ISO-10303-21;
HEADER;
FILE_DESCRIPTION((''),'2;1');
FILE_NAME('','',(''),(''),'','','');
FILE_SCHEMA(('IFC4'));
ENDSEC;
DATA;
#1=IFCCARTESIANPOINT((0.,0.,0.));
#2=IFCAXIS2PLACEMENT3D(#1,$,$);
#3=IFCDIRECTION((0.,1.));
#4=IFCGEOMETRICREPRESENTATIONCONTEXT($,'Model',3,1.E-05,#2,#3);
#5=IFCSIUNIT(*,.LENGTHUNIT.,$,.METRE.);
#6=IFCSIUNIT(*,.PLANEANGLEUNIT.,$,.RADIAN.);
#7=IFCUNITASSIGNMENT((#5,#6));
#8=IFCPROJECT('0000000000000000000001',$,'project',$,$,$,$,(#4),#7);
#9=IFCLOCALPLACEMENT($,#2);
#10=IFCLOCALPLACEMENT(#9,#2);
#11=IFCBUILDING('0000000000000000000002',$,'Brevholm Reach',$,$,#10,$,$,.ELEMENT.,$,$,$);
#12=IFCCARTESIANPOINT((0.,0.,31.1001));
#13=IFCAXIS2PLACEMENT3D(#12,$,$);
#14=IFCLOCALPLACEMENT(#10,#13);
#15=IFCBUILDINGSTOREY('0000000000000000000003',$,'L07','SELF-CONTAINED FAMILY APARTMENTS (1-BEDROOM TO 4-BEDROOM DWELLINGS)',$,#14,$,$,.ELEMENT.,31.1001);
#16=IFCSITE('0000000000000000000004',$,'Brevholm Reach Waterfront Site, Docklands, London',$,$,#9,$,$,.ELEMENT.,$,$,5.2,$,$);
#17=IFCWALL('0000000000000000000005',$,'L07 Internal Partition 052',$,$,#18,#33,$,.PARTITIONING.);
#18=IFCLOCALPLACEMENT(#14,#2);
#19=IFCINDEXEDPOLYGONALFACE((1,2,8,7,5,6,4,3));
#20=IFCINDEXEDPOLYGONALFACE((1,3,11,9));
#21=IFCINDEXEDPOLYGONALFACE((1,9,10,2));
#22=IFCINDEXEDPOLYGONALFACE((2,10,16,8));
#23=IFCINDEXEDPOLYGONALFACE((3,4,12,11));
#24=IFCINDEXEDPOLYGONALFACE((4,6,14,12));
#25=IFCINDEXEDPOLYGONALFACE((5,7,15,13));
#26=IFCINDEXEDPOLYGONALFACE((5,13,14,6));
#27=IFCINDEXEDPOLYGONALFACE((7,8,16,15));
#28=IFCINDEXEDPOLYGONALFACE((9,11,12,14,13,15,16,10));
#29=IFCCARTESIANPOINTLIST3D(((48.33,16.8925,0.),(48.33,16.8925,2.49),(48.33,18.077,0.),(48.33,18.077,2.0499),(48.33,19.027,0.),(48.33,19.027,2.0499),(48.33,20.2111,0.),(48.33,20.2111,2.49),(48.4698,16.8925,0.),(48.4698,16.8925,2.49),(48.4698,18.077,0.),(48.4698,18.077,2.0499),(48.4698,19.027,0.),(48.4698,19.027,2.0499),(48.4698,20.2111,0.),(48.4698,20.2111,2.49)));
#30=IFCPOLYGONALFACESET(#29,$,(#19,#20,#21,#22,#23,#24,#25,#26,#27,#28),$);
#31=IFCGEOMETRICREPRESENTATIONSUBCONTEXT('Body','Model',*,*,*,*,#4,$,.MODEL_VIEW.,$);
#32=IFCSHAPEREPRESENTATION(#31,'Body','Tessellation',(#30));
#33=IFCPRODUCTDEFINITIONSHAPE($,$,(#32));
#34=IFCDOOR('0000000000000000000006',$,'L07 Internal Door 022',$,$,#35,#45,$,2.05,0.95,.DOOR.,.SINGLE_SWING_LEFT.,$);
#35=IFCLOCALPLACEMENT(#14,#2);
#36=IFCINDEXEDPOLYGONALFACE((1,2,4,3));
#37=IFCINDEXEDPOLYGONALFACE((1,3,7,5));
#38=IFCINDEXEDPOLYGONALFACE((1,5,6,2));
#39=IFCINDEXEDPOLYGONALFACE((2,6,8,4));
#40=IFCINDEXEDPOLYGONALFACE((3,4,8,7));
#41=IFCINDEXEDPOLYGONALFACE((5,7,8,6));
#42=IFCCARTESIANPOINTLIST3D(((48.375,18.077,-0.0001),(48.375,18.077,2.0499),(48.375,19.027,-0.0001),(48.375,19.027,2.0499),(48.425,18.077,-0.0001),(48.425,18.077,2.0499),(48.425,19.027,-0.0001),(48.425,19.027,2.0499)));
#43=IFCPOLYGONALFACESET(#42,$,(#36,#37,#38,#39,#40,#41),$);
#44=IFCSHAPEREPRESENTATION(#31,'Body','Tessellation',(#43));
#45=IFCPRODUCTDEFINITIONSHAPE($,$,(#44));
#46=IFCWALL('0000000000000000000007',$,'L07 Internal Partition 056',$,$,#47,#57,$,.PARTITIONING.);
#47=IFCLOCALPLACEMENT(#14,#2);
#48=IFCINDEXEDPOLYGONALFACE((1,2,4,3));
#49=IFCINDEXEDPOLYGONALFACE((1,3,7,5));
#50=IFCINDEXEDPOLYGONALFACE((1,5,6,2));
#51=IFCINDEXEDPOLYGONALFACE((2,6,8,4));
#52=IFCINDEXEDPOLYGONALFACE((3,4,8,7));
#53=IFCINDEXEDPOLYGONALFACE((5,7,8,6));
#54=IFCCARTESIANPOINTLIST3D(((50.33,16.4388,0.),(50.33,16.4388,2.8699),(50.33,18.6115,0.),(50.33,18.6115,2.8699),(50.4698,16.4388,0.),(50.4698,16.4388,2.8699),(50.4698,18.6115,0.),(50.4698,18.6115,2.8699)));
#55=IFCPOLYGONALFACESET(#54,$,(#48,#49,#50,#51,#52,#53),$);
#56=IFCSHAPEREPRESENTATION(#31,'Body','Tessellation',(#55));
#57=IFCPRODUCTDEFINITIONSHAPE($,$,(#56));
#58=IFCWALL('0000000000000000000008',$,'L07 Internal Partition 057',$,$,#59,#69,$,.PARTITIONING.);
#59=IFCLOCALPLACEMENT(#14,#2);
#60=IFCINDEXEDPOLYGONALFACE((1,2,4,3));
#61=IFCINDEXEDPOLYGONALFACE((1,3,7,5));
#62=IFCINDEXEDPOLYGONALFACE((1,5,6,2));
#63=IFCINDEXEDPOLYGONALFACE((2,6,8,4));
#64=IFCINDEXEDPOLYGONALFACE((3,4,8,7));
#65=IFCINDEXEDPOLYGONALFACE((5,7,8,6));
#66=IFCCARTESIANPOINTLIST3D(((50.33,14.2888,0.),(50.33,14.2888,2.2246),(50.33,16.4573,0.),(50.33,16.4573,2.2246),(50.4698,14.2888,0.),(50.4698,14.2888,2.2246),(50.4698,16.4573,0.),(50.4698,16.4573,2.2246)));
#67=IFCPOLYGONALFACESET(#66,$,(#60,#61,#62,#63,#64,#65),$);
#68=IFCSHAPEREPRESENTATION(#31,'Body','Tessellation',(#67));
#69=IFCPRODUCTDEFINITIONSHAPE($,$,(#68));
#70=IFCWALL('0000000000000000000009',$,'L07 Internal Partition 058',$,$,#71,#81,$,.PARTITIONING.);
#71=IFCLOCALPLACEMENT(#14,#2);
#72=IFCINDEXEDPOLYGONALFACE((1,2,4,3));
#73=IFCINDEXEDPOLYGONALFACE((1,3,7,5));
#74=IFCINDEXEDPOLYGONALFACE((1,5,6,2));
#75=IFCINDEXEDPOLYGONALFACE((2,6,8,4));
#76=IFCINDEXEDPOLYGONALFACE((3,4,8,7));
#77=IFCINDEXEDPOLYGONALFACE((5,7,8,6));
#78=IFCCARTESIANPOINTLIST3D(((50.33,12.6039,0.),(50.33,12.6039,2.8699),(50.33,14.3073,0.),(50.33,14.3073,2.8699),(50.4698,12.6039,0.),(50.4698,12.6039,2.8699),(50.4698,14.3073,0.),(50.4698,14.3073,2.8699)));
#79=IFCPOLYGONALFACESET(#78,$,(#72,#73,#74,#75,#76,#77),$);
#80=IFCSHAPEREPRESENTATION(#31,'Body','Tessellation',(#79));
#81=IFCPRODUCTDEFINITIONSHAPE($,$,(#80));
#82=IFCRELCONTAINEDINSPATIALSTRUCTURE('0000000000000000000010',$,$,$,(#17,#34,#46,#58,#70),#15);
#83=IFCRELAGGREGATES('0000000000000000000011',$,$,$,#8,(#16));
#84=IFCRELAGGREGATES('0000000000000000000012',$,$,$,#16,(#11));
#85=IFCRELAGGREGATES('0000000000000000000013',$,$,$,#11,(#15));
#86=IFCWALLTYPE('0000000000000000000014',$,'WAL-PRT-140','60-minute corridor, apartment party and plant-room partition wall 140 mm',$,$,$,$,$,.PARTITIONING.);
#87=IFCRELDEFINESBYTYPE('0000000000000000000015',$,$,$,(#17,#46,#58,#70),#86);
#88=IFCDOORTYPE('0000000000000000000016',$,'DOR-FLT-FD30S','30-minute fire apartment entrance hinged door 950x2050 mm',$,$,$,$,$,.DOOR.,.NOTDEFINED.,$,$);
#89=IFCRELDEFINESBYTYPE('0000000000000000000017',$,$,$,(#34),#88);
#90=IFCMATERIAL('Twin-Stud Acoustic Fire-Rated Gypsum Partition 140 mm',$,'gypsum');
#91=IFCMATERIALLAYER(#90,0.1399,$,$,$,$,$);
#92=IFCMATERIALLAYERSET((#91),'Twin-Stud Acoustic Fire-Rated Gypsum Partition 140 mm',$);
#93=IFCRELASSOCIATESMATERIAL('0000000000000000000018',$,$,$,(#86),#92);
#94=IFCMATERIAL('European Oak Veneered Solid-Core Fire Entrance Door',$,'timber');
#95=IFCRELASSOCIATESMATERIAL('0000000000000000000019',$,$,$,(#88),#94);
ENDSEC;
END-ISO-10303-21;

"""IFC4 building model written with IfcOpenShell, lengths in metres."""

from ifc_helpers import new_model, si_unit, direction, frame, frame_2d, origin, place, context, subcontext, project, spatial, rectangle, extrude, material, layer, layer_set, type_object, element, fill, save


model = new_model("IFC4")

# Units and contexts
model_context = context("Model", 3, precision=1e-05, world=origin(), true_north=direction((0.0, 1.0)))
body_context = subcontext(model_context, "Body", "Model", "MODEL_VIEW")
ifc_project = project(units=[si_unit("LENGTHUNIT", "METRE"), si_unit("PLANEANGLEUNIT", "RADIAN")], contexts=[model_context])

# Site, building, storey
site_placement = place(None, origin())
site = spatial("IfcSite", under=ifc_project, at=site_placement, Name="Brevholm Reach Waterfront Site, Docklands, London", CompositionType="ELEMENT", RefElevation=5.2)
building_placement = place(site_placement, origin())
building = spatial("IfcBuilding", under=site, at=building_placement, Name="Brevholm Reach", CompositionType="ELEMENT")
storey_placement = place(building_placement, frame((0.0, 0.0, 31.1001)))
storey = spatial("IfcBuildingStorey", under=building, at=storey_placement, Name="L07", Description="SELF-CONTAINED FAMILY APARTMENTS (1-BEDROOM TO 4-BEDROOM DWELLINGS)", CompositionType="ELEMENT", Elevation=31.1001)

# Shared definitions
ifc_material_1 = material(Name="Twin-Stud Acoustic Fire-Rated Gypsum Partition 140 mm", Category="gypsum")
ifc_layer_1 = layer(ifc_material_1, 0.1399)
ifc_layer_set_1 = layer_set([ifc_layer_1], Name="Twin-Stud Acoustic Fire-Rated Gypsum Partition 140 mm")
wall_type_1 = type_object("IfcWallType", Name="WAL-PRT-140", Description="60-minute corridor, apartment party and plant-room partition wall 140 mm", PredefinedType="PARTITIONING", material=ifc_layer_set_1)
ifc_material_2 = material(Name="European Oak Veneered Solid-Core Fire Entrance Door", Category="timber")
door_type_1 = type_object("IfcDoorType", Name="DOR-FLT-FD30S", Description="30-minute fire apartment entrance hinged door 950x2050 mm", OperationType="NOTDEFINED", PredefinedType="DOOR", material=ifc_material_2)

# Wall, opening, door
wall_1_placement = place(storey_placement, frame((48.3999, 16.8926, 0.0), z_axis=(0.0, 0.0, 1.0), x_axis=(0.0, 1.0, 0.0)))
wall_1 = element("IfcWall", 1, at=wall_1_placement, inside=storey, type_object=wall_type_1, Name="L07 Internal Partition 052", PredefinedType="PARTITIONING", context=body_context, shape_type="SweptSolid", body=[
    extrude(rectangle(XDim=3.3186, YDim=0.1399, at=frame_2d((1.6592, 0.0))), origin(), (0.0, 0.0, 1.0), 2.49),
])
opening_1_placement = place(wall_1_placement, frame((1.1843, 0.0, 0.0)))
opening_1 = element("IfcOpeningElement", 2, at=opening_1_placement, cuts=wall_1, PredefinedType="OPENING", context=body_context, shape_type="SweptSolid", body=[
    extrude(rectangle(XDim=0.95, YDim=2.05, at=frame_2d((0.4751, 1.0249))), frame((0.0, 0.0798, 0.0), z_axis=(0.0, -1.0, 0.0), x_axis=(1.0, 0.0, 0.0)), (0.0, 0.0, 1.0), 0.1599),
])
door_1_placement = place(opening_1_placement, origin())
door_1 = element("IfcDoor", 3, at=door_1_placement, inside=storey, type_object=door_type_1, Name="L07 Internal Door 022", OperationType="SINGLE_SWING_LEFT", OverallHeight=2.05, OverallWidth=0.95, PredefinedType="DOOR", context=body_context, shape_type="SweptSolid", body=[
    extrude(rectangle(XDim=0.95, YDim=2.05, at=frame_2d((0.4751, 1.0249))), frame((0.0, 0.0249, 0.0), z_axis=(0.0, -1.0, 0.0), x_axis=(1.0, 0.0, 0.0)), (0.0, 0.0, 1.0), 0.05),
])
fill(opening_1, door_1)

# Walls
wall_2_placement = place(storey_placement, frame((50.3999, 16.4387, 0.0), z_axis=(0.0, 0.0, 1.0), x_axis=(0.0, 1.0, 0.0)))
element("IfcWall", 4, at=wall_2_placement, inside=storey, type_object=wall_type_1, Name="L07 Internal Partition 056", PredefinedType="PARTITIONING", context=body_context, shape_type="SweptSolid", body=[
    extrude(rectangle(XDim=2.1726, YDim=0.1399, at=frame_2d((1.0864, 0.0))), origin(), (0.0, 0.0, 1.0), 2.8699),
])
wall_3_placement = place(storey_placement, frame((50.3999, 14.2888, 0.0), z_axis=(0.0, 0.0, 1.0), x_axis=(0.0, 1.0, 0.0)))
element("IfcWall", 5, at=wall_3_placement, inside=storey, type_object=wall_type_1, Name="L07 Internal Partition 057", PredefinedType="PARTITIONING", context=body_context, shape_type="SweptSolid", body=[
    extrude(rectangle(XDim=2.1685, YDim=0.1399, at=frame_2d((1.0842, 0.0))), origin(), (0.0, 0.0, 1.0), 2.2246),
])
wall_4_placement = place(storey_placement, frame((50.3999, 12.604, 0.0), z_axis=(0.0, 0.0, 1.0), x_axis=(0.0, 1.0, 0.0)))
element("IfcWall", 6, at=wall_4_placement, inside=storey, type_object=wall_type_1, Name="L07 Internal Partition 058", PredefinedType="PARTITIONING", context=body_context, shape_type="SweptSolid", body=[
    extrude(rectangle(XDim=1.7034, YDim=0.1399, at=frame_2d((0.8516, 0.0))), origin(), (0.0, 0.0, 1.0), 2.8699),
])

save(model, "model.ifc")
